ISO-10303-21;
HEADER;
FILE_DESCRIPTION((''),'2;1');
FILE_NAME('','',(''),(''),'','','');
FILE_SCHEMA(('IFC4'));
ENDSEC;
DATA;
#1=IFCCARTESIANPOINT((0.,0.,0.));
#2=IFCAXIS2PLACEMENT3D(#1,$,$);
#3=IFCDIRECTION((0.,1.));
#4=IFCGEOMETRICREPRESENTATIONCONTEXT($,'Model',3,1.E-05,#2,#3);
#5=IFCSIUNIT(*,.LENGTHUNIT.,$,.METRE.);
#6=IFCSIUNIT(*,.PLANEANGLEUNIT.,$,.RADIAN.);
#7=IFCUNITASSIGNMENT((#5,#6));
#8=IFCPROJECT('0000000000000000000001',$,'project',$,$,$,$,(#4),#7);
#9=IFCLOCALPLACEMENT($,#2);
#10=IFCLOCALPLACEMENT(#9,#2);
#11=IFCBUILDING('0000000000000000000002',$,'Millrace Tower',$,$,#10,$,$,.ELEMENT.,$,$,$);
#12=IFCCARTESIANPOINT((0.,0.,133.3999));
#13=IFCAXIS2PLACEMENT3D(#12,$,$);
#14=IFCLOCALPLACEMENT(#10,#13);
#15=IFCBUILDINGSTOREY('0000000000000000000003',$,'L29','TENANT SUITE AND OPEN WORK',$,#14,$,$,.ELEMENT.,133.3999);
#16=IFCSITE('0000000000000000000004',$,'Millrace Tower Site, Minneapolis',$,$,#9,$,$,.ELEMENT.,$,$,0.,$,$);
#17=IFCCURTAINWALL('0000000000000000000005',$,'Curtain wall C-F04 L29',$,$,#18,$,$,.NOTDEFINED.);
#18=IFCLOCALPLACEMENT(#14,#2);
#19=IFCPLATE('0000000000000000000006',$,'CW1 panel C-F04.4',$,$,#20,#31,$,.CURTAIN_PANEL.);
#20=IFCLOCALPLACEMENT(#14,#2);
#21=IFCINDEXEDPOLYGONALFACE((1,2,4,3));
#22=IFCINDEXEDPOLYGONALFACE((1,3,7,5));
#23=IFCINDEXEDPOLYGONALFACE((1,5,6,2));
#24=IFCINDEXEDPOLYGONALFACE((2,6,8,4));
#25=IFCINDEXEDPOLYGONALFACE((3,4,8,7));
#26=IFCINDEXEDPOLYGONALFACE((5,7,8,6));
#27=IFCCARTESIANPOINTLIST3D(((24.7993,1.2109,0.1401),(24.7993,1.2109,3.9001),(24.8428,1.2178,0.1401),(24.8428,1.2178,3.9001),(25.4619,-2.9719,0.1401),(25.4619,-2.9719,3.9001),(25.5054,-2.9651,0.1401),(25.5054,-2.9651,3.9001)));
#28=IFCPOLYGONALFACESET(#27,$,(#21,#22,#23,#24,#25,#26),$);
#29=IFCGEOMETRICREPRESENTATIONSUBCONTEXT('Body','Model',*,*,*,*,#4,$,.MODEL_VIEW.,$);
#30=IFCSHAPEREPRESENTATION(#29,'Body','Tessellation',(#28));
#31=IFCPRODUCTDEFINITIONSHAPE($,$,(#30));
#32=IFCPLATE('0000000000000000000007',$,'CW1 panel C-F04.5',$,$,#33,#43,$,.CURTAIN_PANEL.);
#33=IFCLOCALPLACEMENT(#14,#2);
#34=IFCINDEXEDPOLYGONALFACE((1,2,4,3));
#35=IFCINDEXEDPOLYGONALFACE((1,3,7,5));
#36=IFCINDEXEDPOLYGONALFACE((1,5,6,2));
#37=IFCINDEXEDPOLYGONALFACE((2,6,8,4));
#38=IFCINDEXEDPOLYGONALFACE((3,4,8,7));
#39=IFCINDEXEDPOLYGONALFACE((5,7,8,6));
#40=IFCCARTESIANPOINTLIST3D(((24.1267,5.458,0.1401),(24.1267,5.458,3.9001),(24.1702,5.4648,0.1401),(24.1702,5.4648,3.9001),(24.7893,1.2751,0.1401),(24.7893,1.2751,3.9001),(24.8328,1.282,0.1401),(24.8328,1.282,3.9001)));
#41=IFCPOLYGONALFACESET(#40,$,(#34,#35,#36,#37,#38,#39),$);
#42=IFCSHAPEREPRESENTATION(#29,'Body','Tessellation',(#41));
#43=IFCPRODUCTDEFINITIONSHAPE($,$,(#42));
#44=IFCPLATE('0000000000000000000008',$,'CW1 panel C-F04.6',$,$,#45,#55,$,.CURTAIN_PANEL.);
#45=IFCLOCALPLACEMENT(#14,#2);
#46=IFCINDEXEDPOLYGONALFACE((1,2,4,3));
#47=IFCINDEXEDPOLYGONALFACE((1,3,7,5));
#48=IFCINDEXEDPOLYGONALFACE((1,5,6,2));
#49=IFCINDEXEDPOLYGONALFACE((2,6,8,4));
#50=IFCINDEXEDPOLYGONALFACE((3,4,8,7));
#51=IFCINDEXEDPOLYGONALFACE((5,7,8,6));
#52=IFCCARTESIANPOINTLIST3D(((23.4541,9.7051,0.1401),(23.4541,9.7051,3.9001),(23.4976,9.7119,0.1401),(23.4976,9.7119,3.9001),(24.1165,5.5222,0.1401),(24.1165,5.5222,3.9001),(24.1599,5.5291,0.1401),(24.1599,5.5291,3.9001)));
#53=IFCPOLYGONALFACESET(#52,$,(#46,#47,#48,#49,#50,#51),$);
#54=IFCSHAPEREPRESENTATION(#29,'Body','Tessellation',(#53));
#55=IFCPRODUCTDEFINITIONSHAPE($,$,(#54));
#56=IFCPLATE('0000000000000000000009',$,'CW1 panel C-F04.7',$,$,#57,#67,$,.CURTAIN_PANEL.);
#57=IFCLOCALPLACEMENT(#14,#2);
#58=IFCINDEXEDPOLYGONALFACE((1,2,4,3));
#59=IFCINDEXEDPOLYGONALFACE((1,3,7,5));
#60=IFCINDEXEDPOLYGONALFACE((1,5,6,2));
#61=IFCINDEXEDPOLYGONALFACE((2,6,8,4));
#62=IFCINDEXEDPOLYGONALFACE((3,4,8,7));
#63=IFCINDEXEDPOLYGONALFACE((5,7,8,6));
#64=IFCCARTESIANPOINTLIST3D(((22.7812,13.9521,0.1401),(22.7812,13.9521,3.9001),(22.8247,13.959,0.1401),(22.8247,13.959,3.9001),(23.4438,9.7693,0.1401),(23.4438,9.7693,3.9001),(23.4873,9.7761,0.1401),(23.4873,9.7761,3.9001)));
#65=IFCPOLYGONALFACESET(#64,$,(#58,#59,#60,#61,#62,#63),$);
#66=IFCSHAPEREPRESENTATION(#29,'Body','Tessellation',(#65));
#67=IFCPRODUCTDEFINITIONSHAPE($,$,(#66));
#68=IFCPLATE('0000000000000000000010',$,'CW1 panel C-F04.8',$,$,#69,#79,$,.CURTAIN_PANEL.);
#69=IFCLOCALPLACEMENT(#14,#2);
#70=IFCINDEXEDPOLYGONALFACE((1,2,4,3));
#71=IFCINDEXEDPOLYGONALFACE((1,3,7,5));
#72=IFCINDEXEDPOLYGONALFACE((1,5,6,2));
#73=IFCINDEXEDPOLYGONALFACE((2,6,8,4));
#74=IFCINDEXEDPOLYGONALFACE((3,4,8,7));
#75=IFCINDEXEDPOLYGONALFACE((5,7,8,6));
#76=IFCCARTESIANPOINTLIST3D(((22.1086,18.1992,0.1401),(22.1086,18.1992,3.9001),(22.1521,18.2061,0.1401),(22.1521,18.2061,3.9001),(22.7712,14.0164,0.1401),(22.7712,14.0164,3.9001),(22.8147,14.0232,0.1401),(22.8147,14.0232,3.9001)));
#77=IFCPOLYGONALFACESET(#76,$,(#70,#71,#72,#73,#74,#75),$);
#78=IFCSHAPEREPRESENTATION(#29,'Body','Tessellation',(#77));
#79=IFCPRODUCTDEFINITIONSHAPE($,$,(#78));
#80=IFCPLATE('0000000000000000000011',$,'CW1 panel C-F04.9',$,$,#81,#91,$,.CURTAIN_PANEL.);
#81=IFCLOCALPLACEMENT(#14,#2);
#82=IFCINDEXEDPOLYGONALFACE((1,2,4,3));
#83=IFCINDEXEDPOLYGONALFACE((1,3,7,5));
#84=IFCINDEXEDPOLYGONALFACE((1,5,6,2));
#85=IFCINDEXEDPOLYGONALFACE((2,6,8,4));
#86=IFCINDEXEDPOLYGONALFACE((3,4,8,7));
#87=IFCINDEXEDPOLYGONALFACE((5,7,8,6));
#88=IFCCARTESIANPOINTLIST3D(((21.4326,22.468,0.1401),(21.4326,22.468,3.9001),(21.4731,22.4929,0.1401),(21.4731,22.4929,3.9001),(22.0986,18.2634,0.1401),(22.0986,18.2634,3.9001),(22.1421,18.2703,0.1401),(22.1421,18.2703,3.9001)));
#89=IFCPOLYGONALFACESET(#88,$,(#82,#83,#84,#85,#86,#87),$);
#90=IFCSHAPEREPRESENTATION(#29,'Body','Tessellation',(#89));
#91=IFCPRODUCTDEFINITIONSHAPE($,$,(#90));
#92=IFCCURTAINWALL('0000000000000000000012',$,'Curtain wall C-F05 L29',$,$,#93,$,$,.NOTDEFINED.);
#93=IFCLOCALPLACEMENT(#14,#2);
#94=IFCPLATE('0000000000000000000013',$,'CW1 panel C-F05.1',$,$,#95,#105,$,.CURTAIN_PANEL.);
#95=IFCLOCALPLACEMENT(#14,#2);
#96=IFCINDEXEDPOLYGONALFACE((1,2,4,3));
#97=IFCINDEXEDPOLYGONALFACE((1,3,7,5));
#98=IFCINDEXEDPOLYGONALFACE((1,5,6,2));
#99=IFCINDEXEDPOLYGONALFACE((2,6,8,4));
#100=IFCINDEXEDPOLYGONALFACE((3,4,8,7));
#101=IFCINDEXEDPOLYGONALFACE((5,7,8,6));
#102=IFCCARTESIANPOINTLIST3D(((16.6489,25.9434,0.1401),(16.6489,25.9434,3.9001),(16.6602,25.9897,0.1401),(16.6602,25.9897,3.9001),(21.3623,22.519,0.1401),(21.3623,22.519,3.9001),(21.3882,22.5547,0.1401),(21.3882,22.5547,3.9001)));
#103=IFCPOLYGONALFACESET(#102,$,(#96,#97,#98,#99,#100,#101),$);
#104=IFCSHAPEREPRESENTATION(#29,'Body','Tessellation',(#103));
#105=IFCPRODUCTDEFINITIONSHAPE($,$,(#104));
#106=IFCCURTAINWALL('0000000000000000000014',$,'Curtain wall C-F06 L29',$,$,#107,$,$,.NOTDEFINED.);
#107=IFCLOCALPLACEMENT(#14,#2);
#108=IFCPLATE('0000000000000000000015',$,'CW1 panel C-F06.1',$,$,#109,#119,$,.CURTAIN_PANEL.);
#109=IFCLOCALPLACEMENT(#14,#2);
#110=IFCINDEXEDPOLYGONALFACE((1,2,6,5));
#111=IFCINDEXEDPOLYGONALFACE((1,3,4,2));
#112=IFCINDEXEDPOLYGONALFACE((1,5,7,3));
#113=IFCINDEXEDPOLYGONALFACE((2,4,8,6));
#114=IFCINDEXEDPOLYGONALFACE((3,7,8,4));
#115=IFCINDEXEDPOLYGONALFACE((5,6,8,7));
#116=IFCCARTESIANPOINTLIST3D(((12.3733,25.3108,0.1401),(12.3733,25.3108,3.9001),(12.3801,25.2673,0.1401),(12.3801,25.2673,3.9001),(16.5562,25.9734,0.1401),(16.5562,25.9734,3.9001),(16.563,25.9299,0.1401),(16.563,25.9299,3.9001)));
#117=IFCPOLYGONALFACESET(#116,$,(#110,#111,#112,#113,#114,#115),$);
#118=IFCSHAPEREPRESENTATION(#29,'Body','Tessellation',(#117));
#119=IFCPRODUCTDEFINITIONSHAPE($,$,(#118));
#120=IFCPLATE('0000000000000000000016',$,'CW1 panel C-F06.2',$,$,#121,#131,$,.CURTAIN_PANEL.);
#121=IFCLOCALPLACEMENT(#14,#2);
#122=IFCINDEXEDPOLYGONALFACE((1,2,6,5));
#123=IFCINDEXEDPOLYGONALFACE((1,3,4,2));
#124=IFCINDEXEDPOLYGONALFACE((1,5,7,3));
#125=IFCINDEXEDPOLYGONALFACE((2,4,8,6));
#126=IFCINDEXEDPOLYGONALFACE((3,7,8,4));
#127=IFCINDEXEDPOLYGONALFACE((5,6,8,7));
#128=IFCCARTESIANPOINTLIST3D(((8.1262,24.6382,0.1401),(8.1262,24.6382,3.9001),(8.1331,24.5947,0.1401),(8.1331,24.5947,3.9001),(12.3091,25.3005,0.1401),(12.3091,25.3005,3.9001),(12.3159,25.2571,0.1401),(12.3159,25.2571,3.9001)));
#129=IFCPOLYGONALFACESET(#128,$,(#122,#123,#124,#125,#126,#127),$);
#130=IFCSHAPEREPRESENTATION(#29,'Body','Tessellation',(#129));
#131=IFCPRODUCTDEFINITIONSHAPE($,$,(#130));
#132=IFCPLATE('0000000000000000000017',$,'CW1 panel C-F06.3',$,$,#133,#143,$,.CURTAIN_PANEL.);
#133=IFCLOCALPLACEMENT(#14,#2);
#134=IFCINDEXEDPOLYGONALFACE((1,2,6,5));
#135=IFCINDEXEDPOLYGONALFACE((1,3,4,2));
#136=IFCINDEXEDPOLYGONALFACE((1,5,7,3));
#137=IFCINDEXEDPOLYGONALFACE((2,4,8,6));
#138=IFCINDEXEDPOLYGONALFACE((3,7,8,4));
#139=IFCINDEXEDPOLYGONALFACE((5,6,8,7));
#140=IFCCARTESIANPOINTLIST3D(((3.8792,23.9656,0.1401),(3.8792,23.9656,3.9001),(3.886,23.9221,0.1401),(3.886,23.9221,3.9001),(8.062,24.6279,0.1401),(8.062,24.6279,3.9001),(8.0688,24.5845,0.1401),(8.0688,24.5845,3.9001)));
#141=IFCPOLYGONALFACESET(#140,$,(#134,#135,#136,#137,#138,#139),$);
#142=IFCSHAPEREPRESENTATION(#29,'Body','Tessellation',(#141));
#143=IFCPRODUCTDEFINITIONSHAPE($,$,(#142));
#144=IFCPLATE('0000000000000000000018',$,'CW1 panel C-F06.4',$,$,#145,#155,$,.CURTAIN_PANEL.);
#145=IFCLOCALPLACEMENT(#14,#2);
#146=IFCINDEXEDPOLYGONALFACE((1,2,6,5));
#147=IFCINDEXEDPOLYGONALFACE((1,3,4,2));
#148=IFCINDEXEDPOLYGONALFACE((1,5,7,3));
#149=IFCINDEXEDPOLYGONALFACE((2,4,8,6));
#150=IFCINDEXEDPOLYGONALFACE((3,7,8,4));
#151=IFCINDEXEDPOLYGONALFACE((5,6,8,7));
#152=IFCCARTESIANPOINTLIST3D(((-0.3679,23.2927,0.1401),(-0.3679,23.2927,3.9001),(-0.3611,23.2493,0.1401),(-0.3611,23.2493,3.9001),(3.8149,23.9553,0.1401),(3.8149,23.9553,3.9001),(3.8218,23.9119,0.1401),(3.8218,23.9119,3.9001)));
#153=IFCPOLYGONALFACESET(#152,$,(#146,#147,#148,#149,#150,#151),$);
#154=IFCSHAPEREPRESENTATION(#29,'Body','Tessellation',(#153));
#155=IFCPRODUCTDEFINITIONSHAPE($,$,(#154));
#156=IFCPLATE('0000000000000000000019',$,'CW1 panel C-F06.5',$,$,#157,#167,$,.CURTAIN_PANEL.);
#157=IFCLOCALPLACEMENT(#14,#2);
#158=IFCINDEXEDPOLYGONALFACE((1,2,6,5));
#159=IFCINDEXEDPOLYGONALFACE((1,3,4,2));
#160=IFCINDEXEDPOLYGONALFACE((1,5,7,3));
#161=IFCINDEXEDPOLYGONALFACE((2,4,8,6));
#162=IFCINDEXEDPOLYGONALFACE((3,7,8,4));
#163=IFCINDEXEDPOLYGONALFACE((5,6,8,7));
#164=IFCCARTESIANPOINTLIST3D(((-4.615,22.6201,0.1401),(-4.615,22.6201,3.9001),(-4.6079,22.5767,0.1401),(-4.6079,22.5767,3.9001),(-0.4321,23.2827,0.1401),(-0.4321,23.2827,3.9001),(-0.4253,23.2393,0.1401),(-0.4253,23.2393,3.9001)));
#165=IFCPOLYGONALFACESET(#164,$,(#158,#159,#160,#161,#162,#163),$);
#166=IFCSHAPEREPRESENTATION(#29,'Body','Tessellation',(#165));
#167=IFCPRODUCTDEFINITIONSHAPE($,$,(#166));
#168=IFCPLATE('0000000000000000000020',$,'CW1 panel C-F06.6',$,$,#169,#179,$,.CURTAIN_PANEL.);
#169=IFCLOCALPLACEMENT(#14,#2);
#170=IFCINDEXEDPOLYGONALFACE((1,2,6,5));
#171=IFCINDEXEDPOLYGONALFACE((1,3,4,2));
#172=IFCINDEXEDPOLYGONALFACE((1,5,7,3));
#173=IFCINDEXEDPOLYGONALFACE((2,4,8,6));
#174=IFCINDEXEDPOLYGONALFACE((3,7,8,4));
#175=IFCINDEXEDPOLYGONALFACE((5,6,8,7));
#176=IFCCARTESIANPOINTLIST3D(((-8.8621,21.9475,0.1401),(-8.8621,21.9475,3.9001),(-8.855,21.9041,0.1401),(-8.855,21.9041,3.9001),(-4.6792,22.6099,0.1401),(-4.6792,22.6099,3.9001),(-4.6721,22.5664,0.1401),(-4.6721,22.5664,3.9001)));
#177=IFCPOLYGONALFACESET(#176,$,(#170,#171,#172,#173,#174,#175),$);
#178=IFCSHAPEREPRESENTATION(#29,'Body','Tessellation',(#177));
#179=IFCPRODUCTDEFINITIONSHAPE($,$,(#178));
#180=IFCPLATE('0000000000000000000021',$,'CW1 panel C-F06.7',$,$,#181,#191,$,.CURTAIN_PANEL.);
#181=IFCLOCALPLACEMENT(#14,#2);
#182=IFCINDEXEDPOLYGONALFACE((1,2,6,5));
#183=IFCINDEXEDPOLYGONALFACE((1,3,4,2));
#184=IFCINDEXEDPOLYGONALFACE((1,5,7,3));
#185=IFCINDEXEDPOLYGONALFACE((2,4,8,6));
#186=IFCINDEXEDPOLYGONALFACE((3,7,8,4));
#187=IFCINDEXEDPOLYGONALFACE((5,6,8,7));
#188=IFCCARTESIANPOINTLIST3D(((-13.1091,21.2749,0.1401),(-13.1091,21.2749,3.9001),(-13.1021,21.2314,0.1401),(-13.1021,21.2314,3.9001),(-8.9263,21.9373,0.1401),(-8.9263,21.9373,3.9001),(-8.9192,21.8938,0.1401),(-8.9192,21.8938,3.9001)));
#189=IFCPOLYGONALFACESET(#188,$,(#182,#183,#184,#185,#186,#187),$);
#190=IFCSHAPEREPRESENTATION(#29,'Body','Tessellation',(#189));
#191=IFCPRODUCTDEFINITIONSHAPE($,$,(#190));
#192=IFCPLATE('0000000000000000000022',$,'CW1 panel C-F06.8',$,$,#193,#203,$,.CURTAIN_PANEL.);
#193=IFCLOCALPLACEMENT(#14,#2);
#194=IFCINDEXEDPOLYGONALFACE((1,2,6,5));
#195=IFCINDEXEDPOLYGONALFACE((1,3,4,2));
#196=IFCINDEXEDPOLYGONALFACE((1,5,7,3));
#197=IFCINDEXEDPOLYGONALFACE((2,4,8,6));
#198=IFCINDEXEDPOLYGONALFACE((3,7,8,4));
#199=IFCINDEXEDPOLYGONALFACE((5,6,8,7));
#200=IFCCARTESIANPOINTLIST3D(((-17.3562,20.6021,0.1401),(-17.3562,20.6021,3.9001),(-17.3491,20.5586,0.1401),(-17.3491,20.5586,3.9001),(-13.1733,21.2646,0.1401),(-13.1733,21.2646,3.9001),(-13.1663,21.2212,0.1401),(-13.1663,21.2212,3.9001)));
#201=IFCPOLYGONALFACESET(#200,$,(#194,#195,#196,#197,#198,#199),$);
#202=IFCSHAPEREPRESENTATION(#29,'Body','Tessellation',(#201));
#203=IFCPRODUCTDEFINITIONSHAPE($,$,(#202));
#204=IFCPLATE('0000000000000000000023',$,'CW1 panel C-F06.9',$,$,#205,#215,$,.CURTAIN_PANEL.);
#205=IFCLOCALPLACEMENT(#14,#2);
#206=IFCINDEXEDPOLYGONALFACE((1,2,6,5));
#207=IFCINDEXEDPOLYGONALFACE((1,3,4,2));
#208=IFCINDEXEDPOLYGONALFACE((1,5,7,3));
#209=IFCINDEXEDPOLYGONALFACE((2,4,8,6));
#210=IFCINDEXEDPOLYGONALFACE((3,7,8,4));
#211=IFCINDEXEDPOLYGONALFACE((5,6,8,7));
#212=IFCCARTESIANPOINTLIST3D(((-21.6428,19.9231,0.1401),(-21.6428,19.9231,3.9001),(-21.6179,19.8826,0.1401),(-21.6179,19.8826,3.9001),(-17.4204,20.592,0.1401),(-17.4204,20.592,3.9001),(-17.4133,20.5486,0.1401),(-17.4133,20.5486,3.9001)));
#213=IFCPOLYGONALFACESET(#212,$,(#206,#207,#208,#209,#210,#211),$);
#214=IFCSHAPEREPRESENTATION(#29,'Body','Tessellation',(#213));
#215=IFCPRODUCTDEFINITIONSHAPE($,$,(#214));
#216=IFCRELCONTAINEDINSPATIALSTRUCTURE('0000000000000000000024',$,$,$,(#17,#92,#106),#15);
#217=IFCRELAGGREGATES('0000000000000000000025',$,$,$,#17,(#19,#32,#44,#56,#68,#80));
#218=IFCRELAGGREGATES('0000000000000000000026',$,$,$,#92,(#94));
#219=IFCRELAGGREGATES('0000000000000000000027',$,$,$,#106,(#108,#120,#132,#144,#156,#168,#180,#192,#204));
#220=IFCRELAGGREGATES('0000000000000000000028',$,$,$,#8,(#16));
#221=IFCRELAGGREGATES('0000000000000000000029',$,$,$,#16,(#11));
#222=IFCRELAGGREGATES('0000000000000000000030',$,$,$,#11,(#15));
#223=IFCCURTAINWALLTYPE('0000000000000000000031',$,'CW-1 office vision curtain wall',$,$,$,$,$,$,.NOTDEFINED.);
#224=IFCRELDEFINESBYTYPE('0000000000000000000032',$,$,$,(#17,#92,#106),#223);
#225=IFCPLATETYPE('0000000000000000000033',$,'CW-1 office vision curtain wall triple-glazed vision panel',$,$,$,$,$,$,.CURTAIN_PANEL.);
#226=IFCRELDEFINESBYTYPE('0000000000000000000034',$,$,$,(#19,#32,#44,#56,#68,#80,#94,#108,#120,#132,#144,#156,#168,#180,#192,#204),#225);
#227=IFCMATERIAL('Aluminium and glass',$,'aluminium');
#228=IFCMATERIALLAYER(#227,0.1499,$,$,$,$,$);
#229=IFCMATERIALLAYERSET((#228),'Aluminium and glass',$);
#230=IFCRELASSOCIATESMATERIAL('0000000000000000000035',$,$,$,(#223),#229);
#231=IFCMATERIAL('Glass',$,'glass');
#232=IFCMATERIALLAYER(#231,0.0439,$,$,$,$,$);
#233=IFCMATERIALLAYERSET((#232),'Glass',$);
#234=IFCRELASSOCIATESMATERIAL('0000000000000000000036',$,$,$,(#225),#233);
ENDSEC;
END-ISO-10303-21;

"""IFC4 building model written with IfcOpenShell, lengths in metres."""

from ifc_helpers import new_model, si_unit, direction, frame, origin, place, context, subcontext, project, spatial, polyline, outline, extrude, material, layer, layer_set, type_object, element, aggregate, save


model = new_model("IFC4")

# Units and contexts
model_context = context("Model", 3, precision=1e-05, world=origin(), true_north=direction((0.0, 1.0)))
body_context = subcontext(model_context, "Body", "Model", "MODEL_VIEW")
ifc_project = project(units=[si_unit("LENGTHUNIT", "METRE"), si_unit("PLANEANGLEUNIT", "RADIAN")], contexts=[model_context])

# Site, building, storey
site_placement = place(None, origin())
site = spatial("IfcSite", under=ifc_project, at=site_placement, Name="Millrace Tower Site, Minneapolis", CompositionType="ELEMENT", RefElevation=0.0)
building_placement = place(site_placement, origin())
building = spatial("IfcBuilding", under=site, at=building_placement, Name="Millrace Tower", CompositionType="ELEMENT")
storey_placement = place(building_placement, frame((0.0, 0.0, 133.3999)))
storey = spatial("IfcBuildingStorey", under=building, at=storey_placement, Name="L29", Description="TENANT SUITE AND OPEN WORK", CompositionType="ELEMENT", Elevation=133.3999)

# Curtain wall, plates
ifc_material_1 = material(Name="Aluminium and glass", Category="aluminium")
ifc_layer_1 = layer(ifc_material_1, 0.1499)
ifc_layer_set_1 = layer_set([ifc_layer_1], Name="Aluminium and glass")
curtain_wall_type = type_object("IfcCurtainWallType", Name="CW-1 office vision curtain wall", PredefinedType="NOTDEFINED", material=ifc_layer_set_1)
placement_1 = place(storey_placement, origin())
curtain_wall_1 = element("IfcCurtainWall", 1, at=placement_1, inside=storey, type_object=curtain_wall_type, Name="Curtain wall C-F04 L29", PredefinedType="NOTDEFINED")
ifc_material_2 = material(Name="Glass", Category="glass")
ifc_layer_2 = layer(ifc_material_2, 0.0439)
ifc_layer_set_2 = layer_set([ifc_layer_2], Name="Glass")
plate_type = type_object("IfcPlateType", Name="CW-1 office vision curtain wall triple-glazed vision panel", PredefinedType="CURTAIN_PANEL", material=ifc_layer_set_2)
placement_2 = place(storey_placement, frame((0.0, 0.0, 0.1401)))
plate_1 = element("IfcPlate", 2, at=placement_2, type_object=plate_type, Name="CW1 panel C-F04.4", PredefinedType="CURTAIN_PANEL", context=body_context, shape_type="SweptSolid", body=[
    extrude(outline(polyline([(25.5054, -2.9651), (24.8428, 1.2178), (24.7993, 1.2109), (25.4619, -2.9719), (25.5054, -2.9651)])), origin(), (0.0, 0.0, 1.0), 3.76),
])
plate_2 = element("IfcPlate", 3, at=placement_2, type_object=plate_type, Name="CW1 panel C-F04.5", PredefinedType="CURTAIN_PANEL", context=body_context, shape_type="SweptSolid", body=[
    extrude(outline(polyline([(24.8328, 1.282), (24.1702, 5.4648), (24.1267, 5.458), (24.7893, 1.2751), (24.8328, 1.282)])), origin(), (0.0, 0.0, 1.0), 3.76),
])
plate_3 = element("IfcPlate", 4, at=placement_2, type_object=plate_type, Name="CW1 panel C-F04.6", PredefinedType="CURTAIN_PANEL", context=body_context, shape_type="SweptSolid", body=[
    extrude(outline(polyline([(24.1599, 5.5291), (23.4976, 9.7119), (23.4541, 9.7051), (24.1165, 5.5222), (24.1599, 5.5291)])), origin(), (0.0, 0.0, 1.0), 3.76),
])
plate_4 = element("IfcPlate", 5, at=placement_2, type_object=plate_type, Name="CW1 panel C-F04.7", PredefinedType="CURTAIN_PANEL", context=body_context, shape_type="SweptSolid", body=[
    extrude(outline(polyline([(23.4873, 9.7761), (22.8247, 13.959), (22.7812, 13.9521), (23.4438, 9.7693), (23.4873, 9.7761)])), origin(), (0.0, 0.0, 1.0), 3.76),
])
plate_5 = element("IfcPlate", 6, at=placement_2, type_object=plate_type, Name="CW1 panel C-F04.8", PredefinedType="CURTAIN_PANEL", context=body_context, shape_type="SweptSolid", body=[
    extrude(outline(polyline([(22.8147, 14.0232), (22.1521, 18.2061), (22.1086, 18.1992), (22.7712, 14.0164), (22.8147, 14.0232)])), origin(), (0.0, 0.0, 1.0), 3.76),
])
plate_6 = element("IfcPlate", 7, at=placement_2, type_object=plate_type, Name="CW1 panel C-F04.9", PredefinedType="CURTAIN_PANEL", context=body_context, shape_type="SweptSolid", body=[
    extrude(outline(polyline([(22.1421, 18.2703), (21.4731, 22.4929), (21.4326, 22.468), (22.0986, 18.2634), (22.1421, 18.2703)])), origin(), (0.0, 0.0, 1.0), 3.76),
])
aggregate(curtain_wall_1, [plate_1, plate_2, plate_3, plate_4, plate_5, plate_6])

# Curtain wall, plate
curtain_wall_2 = element("IfcCurtainWall", 8, at=placement_1, inside=storey, type_object=curtain_wall_type, Name="Curtain wall C-F05 L29", PredefinedType="NOTDEFINED")
plate_7 = element("IfcPlate", 9, at=placement_2, type_object=plate_type, Name="CW1 panel C-F05.1", PredefinedType="CURTAIN_PANEL", context=body_context, shape_type="SweptSolid", body=[
    extrude(outline(polyline([(21.3882, 22.5547), (16.6602, 25.9897), (16.6489, 25.9434), (21.3623, 22.519), (21.3882, 22.5547)])), origin(), (0.0, 0.0, 1.0), 3.76),
])
aggregate(curtain_wall_2, [plate_7])

# Curtain wall, plates
curtain_wall_3 = element("IfcCurtainWall", 10, at=placement_1, inside=storey, type_object=curtain_wall_type, Name="Curtain wall C-F06 L29", PredefinedType="NOTDEFINED")
plate_8 = element("IfcPlate", 11, at=placement_2, type_object=plate_type, Name="CW1 panel C-F06.1", PredefinedType="CURTAIN_PANEL", context=body_context, shape_type="SweptSolid", body=[
    extrude(outline(polyline([(16.5562, 25.9734), (12.3733, 25.3108), (12.3801, 25.2673), (16.563, 25.9299), (16.5562, 25.9734)])), origin(), (0.0, 0.0, 1.0), 3.76),
])
plate_9 = element("IfcPlate", 12, at=placement_2, type_object=plate_type, Name="CW1 panel C-F06.2", PredefinedType="CURTAIN_PANEL", context=body_context, shape_type="SweptSolid", body=[
    extrude(outline(polyline([(12.3091, 25.3005), (8.1262, 24.6382), (8.1331, 24.5947), (12.3159, 25.2571), (12.3091, 25.3005)])), origin(), (0.0, 0.0, 1.0), 3.76),
])
plate_10 = element("IfcPlate", 13, at=placement_2, type_object=plate_type, Name="CW1 panel C-F06.3", PredefinedType="CURTAIN_PANEL", context=body_context, shape_type="SweptSolid", body=[
    extrude(outline(polyline([(8.062, 24.6279), (3.8792, 23.9656), (3.886, 23.9221), (8.0688, 24.5845), (8.062, 24.6279)])), origin(), (0.0, 0.0, 1.0), 3.76),
])
plate_11 = element("IfcPlate", 14, at=placement_2, type_object=plate_type, Name="CW1 panel C-F06.4", PredefinedType="CURTAIN_PANEL", context=body_context, shape_type="SweptSolid", body=[
    extrude(outline(polyline([(3.8149, 23.9553), (-0.3679, 23.2927), (-0.3611, 23.2493), (3.8218, 23.9119), (3.8149, 23.9553)])), origin(), (0.0, 0.0, 1.0), 3.76),
])
plate_12 = element("IfcPlate", 15, at=placement_2, type_object=plate_type, Name="CW1 panel C-F06.5", PredefinedType="CURTAIN_PANEL", context=body_context, shape_type="SweptSolid", body=[
    extrude(outline(polyline([(-0.4321, 23.2827), (-4.615, 22.6201), (-4.6079, 22.5767), (-0.4253, 23.2393), (-0.4321, 23.2827)])), origin(), (0.0, 0.0, 1.0), 3.76),
])
plate_13 = element("IfcPlate", 16, at=placement_2, type_object=plate_type, Name="CW1 panel C-F06.6", PredefinedType="CURTAIN_PANEL", context=body_context, shape_type="SweptSolid", body=[
    extrude(outline(polyline([(-4.6792, 22.6099), (-8.8621, 21.9475), (-8.855, 21.9041), (-4.6721, 22.5664), (-4.6792, 22.6099)])), origin(), (0.0, 0.0, 1.0), 3.76),
])
plate_14 = element("IfcPlate", 17, at=placement_2, type_object=plate_type, Name="CW1 panel C-F06.7", PredefinedType="CURTAIN_PANEL", context=body_context, shape_type="SweptSolid", body=[
    extrude(outline(polyline([(-8.9263, 21.9373), (-13.1091, 21.2749), (-13.1021, 21.2314), (-8.9192, 21.8938), (-8.9263, 21.9373)])), origin(), (0.0, 0.0, 1.0), 3.76),
])
plate_15 = element("IfcPlate", 18, at=placement_2, type_object=plate_type, Name="CW1 panel C-F06.8", PredefinedType="CURTAIN_PANEL", context=body_context, shape_type="SweptSolid", body=[
    extrude(outline(polyline([(-13.1733, 21.2646), (-17.3562, 20.6021), (-17.3491, 20.5586), (-13.1663, 21.2212), (-13.1733, 21.2646)])), origin(), (0.0, 0.0, 1.0), 3.76),
])
plate_16 = element("IfcPlate", 19, at=placement_2, type_object=plate_type, Name="CW1 panel C-F06.9", PredefinedType="CURTAIN_PANEL", context=body_context, shape_type="SweptSolid", body=[
    extrude(outline(polyline([(-17.4204, 20.592), (-21.6428, 19.9231), (-21.6179, 19.8826), (-17.4133, 20.5486), (-17.4204, 20.592)])), origin(), (0.0, 0.0, 1.0), 3.76),
])
aggregate(curtain_wall_3, [plate_8, plate_9, plate_10, plate_11, plate_12, plate_13, plate_14, plate_15, plate_16])

save(model, "model.ifc")
